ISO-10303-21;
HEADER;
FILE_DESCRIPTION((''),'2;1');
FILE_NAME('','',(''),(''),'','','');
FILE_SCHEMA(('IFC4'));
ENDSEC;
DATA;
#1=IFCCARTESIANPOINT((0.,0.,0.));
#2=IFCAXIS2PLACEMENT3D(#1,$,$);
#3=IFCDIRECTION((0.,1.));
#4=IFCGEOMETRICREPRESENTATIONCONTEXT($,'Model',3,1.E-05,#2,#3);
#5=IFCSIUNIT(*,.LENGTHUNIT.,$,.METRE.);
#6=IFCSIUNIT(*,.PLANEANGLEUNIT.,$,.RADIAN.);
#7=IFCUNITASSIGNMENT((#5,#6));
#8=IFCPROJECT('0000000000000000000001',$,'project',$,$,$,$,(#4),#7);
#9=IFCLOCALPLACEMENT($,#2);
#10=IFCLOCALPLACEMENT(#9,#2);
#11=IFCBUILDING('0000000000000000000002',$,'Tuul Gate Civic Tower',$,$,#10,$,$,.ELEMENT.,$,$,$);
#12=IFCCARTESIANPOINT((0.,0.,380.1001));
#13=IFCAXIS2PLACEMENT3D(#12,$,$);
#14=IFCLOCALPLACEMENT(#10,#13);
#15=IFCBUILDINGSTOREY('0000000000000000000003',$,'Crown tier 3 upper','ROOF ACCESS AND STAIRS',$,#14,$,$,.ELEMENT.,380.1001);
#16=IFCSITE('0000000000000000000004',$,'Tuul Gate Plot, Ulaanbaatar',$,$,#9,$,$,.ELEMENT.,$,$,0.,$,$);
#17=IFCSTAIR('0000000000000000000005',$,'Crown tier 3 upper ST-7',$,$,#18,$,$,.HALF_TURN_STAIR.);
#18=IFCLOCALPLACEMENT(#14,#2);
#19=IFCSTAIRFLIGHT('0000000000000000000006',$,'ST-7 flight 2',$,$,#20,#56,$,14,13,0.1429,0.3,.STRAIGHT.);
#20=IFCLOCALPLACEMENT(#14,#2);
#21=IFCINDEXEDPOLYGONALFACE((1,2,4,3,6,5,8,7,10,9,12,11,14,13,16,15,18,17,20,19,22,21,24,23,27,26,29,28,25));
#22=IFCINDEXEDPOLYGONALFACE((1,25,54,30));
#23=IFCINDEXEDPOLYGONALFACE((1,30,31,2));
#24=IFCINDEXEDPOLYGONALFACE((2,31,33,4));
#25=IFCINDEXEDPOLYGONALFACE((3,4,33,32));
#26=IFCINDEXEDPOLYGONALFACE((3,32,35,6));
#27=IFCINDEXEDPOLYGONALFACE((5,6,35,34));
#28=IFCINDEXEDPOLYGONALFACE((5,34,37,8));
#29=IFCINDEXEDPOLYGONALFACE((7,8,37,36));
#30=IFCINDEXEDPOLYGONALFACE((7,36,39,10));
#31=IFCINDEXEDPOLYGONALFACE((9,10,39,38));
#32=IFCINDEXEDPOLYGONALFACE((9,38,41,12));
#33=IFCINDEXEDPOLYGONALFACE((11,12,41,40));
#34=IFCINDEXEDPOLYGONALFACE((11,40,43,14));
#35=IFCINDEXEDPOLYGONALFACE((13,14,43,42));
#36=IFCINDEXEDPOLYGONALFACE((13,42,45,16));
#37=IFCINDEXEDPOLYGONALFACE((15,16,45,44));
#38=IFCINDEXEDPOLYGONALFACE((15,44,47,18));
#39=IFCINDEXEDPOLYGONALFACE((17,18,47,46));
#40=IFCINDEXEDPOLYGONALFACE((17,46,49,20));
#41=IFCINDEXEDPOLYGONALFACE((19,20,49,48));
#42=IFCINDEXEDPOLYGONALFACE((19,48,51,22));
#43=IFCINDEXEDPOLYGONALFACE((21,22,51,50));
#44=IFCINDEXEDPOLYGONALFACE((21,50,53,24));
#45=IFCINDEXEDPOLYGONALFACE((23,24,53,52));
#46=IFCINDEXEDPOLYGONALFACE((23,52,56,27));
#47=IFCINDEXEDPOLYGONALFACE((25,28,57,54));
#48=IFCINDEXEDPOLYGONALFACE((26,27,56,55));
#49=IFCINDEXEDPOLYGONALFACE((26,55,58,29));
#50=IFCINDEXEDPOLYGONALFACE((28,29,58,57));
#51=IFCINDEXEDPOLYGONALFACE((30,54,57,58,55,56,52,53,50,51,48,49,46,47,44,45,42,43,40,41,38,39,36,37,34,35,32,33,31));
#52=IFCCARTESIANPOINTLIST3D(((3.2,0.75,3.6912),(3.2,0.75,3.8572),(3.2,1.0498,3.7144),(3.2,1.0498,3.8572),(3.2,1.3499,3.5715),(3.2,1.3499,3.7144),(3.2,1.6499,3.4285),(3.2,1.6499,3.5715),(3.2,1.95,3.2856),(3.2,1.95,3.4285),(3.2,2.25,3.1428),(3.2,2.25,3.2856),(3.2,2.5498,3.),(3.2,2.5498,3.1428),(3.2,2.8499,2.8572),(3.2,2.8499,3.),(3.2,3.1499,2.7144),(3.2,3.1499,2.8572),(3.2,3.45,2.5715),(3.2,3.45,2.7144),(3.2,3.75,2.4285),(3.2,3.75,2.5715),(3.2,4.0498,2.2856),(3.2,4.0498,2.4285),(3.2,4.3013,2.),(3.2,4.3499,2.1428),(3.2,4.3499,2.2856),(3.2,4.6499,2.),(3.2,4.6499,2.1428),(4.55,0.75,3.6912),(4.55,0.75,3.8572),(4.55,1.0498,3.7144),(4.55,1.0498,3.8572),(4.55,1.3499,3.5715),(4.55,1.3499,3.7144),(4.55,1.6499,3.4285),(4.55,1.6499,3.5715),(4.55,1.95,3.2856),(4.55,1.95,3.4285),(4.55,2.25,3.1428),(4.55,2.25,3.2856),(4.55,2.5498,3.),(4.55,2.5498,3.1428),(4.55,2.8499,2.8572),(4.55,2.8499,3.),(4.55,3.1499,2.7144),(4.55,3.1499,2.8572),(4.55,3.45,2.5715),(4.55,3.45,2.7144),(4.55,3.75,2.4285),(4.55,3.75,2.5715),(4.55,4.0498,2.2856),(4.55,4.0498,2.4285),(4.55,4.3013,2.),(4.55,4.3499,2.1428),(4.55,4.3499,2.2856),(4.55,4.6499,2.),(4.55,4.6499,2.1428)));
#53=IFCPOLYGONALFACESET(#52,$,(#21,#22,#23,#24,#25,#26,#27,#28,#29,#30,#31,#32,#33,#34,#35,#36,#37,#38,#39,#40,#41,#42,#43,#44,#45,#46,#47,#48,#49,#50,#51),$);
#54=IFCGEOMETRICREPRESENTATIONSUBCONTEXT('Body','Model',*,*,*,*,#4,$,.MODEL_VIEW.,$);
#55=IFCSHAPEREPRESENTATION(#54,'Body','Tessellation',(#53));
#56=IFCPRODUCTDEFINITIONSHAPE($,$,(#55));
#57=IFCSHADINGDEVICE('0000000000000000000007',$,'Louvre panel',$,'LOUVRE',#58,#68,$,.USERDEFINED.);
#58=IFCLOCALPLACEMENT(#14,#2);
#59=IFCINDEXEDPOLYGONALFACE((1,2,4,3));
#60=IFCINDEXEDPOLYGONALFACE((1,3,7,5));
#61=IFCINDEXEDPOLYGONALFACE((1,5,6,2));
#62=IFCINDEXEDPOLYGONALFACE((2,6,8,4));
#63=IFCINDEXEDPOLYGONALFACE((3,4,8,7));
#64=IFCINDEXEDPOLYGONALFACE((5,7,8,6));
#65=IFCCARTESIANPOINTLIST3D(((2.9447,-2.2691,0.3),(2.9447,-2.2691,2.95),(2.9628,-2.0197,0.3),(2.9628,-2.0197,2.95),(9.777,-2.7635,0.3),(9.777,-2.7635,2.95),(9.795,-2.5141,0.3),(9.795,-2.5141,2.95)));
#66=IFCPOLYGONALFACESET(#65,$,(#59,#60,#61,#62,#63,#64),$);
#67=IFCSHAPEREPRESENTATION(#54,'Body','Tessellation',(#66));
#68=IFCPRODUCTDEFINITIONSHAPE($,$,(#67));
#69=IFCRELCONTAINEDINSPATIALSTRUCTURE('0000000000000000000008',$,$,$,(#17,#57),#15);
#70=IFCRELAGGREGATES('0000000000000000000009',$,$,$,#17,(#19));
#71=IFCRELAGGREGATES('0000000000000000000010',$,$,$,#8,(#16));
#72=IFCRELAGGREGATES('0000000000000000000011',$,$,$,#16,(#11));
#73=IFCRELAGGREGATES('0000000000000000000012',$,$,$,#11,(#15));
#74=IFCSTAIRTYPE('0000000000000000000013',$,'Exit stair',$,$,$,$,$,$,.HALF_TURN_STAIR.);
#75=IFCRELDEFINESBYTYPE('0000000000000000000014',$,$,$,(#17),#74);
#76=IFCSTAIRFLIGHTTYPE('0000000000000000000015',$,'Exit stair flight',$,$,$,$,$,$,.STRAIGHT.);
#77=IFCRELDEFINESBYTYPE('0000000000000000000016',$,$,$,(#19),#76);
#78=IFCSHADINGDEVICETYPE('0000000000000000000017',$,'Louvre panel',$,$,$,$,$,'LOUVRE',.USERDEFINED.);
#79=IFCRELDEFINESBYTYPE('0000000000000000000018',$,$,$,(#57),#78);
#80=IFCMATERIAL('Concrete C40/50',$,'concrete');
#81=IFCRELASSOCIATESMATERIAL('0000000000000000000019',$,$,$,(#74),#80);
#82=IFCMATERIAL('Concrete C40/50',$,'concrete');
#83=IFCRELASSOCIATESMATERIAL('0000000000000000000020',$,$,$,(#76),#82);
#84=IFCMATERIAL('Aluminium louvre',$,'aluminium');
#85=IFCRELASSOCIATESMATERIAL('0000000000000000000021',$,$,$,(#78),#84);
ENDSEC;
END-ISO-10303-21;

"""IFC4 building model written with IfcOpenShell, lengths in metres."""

from ifc_helpers import new_model, si_unit, direction, frame, origin, origin_2d, place, context, subcontext, project, spatial, polyline, rectangle, outline, extrude, material, type_object, element, aggregate, save


model = new_model("IFC4")

# Units and contexts
model_context = context("Model", 3, precision=1e-05, world=origin(), true_north=direction((0.0, 1.0)))
body_context = subcontext(model_context, "Body", "Model", "MODEL_VIEW")
ifc_project = project(units=[si_unit("LENGTHUNIT", "METRE"), si_unit("PLANEANGLEUNIT", "RADIAN")], contexts=[model_context])

# Site, building, storey
site_placement = place(None, origin())
site = spatial("IfcSite", under=ifc_project, at=site_placement, Name="Tuul Gate Plot, Ulaanbaatar", CompositionType="ELEMENT", RefElevation=0.0)
building_placement = place(site_placement, origin())
building = spatial("IfcBuilding", under=site, at=building_placement, Name="Tuul Gate Civic Tower", CompositionType="ELEMENT")
storey_placement = place(building_placement, frame((0.0, 0.0, 380.1001)))
storey = spatial("IfcBuildingStorey", under=building, at=storey_placement, Name="Crown tier 3 upper", Description="ROOF ACCESS AND STAIRS", CompositionType="ELEMENT", Elevation=380.1001)

# Stair, stair flight
ifc_material_1 = material(Name="Concrete C40/50", Category="concrete")
stair_type = type_object("IfcStairType", Name="Exit stair", PredefinedType="HALF_TURN_STAIR", material=ifc_material_1)
stair_placement = place(storey_placement, origin())
stair = element("IfcStair", 1, at=stair_placement, inside=storey, type_object=stair_type, Name="Crown tier 3 upper ST-7", PredefinedType="HALF_TURN_STAIR")
ifc_material_2 = material(Name="Concrete C40/50", Category="concrete")
stair_flight_type = type_object("IfcStairFlightType", Name="Exit stair flight", PredefinedType="STRAIGHT", material=ifc_material_2)
stair_flight_1_placement = place(storey_placement, frame((3.875, 4.6499, 2.0), z_axis=(0.0, 0.0, 1.0), x_axis=(0.0, -1.0, 0.0)))
stair_flight_1 = element("IfcStairFlight", 2, at=stair_flight_1_placement, type_object=stair_flight_type, Name="ST-7 flight 2", NumberOfRisers=14, NumberOfTreads=13, PredefinedType="STRAIGHT", RiserHeight=0.1429, TreadLength=0.3, context=body_context, shape_type="SweptSolid", body=[
    extrude(outline(polyline([(0.0, 0.0), (0.0, 0.1428), (0.3, 0.1428), (0.3, 0.2856), (0.6001, 0.2856), (0.6001, 0.4285), (0.8999, 0.4285), (0.8999, 0.5715), (1.2, 0.5715), (1.2, 0.7144), (1.5, 0.7144), (1.5, 0.8572), (1.8, 0.8572), (1.8, 1.0), (2.1001, 1.0), (2.1001, 1.1428), (2.3999, 1.1428), (2.3999, 1.2856), (2.7, 1.2856), (2.7, 1.4285), (3.0, 1.4285), (3.0, 1.5715), (3.3, 1.5715), (3.3, 1.7144), (3.6001, 1.7144), (3.6001, 1.8572), (3.8999, 1.8572), (3.8999, 2.0), (3.8999, 1.6912), (0.3486, 0.0), (0.0, 0.0)])), frame((0.0, 0.675, 0.0), z_axis=(0.0, -1.0, 0.0), x_axis=(1.0, 0.0, 0.0)), (0.0, 0.0, 1.0), 1.3501),
])
aggregate(stair, [stair_flight_1])

# Shading device
ifc_material_3 = material(Name="Aluminium louvre", Category="aluminium")
shading_device_type = type_object("IfcShadingDeviceType", Name="Louvre panel", ElementType="LOUVRE", PredefinedType="USERDEFINED", material=ifc_material_3)
shading_device_placement = place(storey_placement, frame((6.3699, -2.3916, 0.3), z_axis=(0.0, 0.0, 1.0), x_axis=(-0.072178, -0.997392, 0.0)))
element("IfcShadingDevice", 3, at=shading_device_placement, inside=storey, type_object=shading_device_type, Name="Louvre panel", ObjectType="LOUVRE", PredefinedType="USERDEFINED", context=body_context, shape_type="SweptSolid", body=[
    extrude(rectangle(XDim=0.25, YDim=6.8501, at=origin_2d()), origin(), (0.0, 0.0, 1.0), 2.6499),
])

save(model, "model.ifc")
